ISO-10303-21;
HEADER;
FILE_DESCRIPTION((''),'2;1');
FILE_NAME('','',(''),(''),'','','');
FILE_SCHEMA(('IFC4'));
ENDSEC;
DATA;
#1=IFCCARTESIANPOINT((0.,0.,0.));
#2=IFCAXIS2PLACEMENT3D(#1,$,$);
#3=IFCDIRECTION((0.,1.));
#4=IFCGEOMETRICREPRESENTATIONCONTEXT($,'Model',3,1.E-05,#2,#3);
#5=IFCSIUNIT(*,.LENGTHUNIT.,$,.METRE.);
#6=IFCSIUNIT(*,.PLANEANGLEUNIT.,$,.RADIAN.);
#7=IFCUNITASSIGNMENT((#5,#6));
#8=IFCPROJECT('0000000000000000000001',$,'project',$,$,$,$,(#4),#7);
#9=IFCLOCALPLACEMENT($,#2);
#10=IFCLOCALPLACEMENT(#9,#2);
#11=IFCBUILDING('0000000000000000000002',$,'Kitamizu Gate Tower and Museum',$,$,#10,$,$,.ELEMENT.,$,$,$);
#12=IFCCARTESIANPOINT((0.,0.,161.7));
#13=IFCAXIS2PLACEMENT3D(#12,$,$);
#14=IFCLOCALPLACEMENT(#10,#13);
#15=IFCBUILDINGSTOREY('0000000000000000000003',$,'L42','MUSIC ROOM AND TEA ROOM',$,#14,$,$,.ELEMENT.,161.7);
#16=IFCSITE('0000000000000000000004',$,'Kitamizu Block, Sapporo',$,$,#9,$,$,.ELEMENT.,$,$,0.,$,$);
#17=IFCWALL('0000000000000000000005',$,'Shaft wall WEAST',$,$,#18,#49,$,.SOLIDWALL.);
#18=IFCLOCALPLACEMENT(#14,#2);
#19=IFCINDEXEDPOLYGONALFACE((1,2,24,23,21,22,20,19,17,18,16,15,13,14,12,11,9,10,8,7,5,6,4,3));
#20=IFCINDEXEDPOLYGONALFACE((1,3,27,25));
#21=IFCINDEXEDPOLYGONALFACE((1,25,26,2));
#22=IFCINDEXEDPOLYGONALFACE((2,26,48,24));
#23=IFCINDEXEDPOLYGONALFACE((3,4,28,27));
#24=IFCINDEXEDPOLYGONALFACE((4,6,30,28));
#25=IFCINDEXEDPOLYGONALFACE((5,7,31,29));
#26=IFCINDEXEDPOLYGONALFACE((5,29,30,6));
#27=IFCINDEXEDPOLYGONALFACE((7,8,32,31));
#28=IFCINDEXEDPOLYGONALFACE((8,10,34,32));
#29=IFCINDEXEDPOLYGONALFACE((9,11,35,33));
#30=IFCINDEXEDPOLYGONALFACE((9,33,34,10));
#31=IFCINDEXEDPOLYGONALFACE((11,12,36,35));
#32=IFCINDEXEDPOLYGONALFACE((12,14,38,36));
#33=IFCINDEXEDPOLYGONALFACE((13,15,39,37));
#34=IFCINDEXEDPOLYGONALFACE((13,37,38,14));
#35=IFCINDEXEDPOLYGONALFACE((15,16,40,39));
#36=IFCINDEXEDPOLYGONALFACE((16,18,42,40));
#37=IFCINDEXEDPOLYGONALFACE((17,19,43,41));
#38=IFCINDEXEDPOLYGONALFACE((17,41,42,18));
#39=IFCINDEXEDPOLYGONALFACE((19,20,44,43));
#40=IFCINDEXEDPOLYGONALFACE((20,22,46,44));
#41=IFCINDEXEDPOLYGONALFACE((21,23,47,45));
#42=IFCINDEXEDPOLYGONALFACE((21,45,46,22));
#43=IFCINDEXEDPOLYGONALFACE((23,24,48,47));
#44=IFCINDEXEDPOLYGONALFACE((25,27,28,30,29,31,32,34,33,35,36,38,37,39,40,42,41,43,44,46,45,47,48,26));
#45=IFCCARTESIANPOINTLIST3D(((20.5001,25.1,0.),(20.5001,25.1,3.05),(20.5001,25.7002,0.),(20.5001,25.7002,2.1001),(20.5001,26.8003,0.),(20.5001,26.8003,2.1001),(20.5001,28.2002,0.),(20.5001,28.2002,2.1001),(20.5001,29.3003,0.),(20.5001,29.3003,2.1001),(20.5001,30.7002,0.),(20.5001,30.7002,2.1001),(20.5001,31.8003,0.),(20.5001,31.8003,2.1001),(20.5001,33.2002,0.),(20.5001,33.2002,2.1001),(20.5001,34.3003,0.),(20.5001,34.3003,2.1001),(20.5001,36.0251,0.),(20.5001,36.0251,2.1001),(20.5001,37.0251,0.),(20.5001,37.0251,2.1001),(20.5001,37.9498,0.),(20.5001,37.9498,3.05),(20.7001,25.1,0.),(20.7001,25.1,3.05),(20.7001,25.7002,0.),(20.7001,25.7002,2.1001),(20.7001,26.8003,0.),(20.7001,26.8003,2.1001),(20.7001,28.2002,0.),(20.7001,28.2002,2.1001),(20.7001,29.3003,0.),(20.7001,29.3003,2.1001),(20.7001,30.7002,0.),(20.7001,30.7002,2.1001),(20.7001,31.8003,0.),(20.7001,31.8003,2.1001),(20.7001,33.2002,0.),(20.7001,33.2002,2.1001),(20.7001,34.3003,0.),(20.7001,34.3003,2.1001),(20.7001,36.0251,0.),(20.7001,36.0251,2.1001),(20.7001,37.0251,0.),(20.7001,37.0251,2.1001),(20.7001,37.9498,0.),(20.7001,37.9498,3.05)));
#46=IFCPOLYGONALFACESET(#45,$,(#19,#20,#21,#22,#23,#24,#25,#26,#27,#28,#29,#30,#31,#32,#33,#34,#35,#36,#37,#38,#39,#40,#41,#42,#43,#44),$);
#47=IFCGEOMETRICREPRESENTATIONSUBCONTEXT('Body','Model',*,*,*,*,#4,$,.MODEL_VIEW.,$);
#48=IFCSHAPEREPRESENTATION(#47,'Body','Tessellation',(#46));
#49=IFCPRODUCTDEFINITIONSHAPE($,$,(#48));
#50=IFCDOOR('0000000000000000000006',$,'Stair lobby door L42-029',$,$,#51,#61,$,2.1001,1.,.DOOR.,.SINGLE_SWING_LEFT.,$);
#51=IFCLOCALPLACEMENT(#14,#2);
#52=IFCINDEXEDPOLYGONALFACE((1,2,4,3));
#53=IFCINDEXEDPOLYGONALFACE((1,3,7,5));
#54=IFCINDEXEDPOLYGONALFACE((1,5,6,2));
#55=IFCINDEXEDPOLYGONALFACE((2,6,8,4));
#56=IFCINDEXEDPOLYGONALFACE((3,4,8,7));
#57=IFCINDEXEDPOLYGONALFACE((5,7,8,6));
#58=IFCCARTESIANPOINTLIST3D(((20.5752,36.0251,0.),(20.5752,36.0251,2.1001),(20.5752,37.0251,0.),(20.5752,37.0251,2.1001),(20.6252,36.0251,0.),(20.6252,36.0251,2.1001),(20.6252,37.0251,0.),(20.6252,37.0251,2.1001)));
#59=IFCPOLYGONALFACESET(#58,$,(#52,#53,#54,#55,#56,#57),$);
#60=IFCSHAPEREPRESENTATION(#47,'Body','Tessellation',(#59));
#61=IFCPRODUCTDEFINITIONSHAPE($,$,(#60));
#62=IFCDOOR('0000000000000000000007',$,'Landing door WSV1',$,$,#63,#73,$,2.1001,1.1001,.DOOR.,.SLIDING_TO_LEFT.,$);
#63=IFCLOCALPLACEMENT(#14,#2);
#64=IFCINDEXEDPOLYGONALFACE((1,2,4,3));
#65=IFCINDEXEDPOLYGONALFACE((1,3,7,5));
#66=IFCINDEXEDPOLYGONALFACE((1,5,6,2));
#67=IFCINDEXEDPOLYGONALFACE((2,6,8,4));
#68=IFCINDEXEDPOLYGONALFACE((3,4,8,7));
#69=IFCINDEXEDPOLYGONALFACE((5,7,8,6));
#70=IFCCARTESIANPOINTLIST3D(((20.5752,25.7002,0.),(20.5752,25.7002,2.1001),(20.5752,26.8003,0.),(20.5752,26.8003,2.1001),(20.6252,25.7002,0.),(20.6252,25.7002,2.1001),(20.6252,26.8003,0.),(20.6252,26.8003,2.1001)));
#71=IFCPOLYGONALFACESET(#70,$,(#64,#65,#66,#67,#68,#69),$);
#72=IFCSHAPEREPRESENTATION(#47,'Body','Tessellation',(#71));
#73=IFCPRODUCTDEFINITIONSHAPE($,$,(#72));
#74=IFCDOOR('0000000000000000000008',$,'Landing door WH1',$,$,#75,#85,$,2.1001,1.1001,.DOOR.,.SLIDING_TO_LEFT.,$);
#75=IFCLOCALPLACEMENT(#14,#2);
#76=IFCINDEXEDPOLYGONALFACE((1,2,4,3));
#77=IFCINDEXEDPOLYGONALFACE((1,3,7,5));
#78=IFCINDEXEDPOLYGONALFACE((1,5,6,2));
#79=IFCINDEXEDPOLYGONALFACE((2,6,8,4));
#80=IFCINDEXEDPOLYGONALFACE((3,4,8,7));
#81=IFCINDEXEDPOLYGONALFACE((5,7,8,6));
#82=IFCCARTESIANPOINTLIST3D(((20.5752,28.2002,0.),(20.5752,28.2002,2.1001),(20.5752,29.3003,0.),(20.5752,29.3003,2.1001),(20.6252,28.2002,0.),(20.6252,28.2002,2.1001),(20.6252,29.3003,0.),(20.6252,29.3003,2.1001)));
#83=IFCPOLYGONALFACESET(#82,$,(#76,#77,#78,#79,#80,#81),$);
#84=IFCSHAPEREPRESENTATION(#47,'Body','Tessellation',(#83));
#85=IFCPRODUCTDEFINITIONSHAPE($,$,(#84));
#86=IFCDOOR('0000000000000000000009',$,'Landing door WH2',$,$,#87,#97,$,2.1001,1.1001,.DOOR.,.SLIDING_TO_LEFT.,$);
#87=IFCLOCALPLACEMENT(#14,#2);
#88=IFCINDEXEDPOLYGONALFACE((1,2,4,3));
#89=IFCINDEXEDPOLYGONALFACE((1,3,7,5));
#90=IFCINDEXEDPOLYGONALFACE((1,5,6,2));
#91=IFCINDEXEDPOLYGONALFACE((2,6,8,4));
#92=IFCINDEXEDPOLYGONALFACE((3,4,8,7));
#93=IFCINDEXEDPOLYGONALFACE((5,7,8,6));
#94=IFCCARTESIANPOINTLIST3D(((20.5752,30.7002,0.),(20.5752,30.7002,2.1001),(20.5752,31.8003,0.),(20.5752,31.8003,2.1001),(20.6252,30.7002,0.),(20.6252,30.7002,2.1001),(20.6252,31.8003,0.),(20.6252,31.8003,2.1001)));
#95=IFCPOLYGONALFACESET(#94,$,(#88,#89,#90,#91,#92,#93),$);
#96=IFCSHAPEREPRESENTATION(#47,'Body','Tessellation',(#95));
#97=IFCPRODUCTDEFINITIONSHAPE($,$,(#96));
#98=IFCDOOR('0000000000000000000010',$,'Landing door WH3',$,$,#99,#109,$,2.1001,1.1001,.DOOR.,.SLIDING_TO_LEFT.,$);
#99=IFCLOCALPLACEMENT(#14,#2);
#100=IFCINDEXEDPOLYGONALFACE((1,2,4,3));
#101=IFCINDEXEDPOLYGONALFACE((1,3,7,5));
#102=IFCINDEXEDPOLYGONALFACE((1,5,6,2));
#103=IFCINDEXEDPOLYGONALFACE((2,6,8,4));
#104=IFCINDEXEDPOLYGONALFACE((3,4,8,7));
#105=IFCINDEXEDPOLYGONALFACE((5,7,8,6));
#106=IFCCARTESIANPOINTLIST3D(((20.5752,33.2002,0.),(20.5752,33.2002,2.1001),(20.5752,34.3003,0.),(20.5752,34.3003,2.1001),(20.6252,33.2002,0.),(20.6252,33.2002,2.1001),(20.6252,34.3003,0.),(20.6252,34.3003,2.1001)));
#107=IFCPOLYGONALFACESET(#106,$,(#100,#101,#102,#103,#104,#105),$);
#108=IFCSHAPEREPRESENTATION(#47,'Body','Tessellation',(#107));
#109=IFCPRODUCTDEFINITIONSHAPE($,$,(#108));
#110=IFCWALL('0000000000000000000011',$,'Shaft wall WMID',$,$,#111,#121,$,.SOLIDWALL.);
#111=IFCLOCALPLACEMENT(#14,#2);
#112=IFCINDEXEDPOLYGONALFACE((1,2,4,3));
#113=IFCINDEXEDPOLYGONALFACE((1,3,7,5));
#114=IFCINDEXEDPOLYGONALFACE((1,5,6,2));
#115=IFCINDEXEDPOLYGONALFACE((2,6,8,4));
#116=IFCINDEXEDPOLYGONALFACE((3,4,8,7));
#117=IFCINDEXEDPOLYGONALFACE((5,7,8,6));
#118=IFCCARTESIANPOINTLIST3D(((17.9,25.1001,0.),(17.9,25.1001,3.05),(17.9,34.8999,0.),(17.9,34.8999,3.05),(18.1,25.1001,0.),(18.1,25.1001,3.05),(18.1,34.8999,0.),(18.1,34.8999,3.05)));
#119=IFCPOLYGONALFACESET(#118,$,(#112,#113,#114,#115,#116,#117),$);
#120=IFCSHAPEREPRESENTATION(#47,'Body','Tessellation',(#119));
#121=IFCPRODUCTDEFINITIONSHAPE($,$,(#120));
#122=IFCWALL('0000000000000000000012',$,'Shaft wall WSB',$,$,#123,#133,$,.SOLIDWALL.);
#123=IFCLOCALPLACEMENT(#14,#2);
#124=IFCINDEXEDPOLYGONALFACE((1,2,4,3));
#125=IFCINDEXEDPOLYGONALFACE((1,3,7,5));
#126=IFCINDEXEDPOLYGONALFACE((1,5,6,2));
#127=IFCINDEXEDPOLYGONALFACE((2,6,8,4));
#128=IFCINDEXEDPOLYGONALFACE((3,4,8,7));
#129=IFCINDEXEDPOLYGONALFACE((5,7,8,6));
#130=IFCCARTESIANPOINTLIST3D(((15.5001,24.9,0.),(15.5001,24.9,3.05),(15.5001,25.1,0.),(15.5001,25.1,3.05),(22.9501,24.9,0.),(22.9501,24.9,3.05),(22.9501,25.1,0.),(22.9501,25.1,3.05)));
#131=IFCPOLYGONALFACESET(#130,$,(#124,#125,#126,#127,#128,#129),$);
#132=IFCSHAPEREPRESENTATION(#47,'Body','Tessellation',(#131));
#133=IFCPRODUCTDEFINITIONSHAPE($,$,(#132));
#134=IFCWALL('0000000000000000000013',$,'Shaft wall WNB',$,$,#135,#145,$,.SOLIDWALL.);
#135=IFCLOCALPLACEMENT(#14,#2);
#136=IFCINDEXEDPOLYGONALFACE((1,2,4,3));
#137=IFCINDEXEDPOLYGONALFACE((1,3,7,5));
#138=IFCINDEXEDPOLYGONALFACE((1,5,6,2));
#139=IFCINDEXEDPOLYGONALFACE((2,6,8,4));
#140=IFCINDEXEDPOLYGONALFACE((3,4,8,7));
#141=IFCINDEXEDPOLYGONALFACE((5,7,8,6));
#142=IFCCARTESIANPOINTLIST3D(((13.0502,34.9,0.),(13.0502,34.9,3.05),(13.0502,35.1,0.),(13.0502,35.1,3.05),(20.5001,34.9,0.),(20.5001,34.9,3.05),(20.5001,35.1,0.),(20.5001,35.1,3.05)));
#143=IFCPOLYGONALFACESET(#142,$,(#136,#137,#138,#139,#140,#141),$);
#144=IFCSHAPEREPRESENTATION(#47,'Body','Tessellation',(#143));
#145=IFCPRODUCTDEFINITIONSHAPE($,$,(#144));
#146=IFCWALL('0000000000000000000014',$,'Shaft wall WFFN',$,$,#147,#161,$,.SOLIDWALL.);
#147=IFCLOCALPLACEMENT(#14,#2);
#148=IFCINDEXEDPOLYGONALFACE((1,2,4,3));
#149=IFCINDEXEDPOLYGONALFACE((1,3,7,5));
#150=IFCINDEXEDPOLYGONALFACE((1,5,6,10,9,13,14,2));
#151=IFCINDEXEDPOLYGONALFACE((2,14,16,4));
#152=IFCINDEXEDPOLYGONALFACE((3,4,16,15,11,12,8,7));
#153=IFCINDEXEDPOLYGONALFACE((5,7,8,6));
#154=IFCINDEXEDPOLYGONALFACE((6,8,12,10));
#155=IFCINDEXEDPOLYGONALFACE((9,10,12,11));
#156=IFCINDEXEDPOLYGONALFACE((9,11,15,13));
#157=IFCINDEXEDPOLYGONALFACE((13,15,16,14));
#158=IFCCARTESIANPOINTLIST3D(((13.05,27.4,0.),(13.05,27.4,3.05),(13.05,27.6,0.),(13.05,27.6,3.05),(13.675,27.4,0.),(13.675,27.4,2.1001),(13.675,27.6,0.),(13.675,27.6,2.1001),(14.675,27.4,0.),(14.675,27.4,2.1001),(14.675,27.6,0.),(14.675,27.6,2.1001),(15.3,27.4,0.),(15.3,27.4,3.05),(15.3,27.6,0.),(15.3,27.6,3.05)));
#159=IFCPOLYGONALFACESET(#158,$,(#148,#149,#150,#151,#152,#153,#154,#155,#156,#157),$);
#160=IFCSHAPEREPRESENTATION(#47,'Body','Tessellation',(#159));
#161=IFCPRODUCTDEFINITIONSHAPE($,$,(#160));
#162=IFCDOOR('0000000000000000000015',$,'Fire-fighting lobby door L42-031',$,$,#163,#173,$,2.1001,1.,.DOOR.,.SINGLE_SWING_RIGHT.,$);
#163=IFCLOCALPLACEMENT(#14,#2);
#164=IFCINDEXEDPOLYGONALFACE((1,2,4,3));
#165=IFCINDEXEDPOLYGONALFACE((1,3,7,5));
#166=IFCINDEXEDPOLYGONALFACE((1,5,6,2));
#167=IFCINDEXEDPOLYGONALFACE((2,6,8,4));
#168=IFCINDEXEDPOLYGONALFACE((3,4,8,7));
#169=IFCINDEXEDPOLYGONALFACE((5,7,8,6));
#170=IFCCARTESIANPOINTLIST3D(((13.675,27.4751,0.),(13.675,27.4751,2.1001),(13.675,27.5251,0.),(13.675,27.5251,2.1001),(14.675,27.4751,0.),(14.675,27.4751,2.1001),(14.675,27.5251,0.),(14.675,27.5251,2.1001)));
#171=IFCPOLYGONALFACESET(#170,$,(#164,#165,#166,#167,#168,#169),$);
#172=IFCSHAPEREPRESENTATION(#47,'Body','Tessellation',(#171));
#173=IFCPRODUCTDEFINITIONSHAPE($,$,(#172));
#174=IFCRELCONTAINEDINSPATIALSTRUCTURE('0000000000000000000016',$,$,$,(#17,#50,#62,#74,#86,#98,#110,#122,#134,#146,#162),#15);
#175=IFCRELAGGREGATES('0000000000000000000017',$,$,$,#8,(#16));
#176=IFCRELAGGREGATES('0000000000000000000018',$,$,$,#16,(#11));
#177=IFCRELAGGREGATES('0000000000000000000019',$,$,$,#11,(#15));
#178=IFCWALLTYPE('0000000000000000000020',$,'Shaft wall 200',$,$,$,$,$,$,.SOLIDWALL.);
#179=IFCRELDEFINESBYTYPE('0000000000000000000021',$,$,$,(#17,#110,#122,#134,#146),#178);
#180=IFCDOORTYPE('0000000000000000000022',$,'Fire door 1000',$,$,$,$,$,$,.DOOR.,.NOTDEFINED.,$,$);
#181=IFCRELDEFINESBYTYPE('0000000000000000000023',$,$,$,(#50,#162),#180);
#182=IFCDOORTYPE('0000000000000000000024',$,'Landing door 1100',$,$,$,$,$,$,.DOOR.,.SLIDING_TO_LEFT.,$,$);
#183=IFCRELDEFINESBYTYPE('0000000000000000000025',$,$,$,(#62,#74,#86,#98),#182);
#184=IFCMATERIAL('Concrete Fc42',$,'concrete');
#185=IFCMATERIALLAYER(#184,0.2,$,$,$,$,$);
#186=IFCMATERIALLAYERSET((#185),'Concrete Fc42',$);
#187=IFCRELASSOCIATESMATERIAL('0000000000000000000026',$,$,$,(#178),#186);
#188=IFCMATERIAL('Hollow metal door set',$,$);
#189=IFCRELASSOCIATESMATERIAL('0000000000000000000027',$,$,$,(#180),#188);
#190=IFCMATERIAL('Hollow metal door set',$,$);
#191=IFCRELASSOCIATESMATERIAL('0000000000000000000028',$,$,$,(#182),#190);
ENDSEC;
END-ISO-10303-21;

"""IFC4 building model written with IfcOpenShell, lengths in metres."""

from ifc_helpers import new_model, si_unit, direction, frame, frame_2d, origin, place, context, subcontext, project, spatial, rectangle, extrude, material, layer, layer_set, type_object, element, fill, save


model = new_model("IFC4")

# Units and contexts
model_context = context("Model", 3, precision=1e-05, world=origin(), true_north=direction((0.0, 1.0)))
body_context = subcontext(model_context, "Body", "Model", "MODEL_VIEW")
ifc_project = project(units=[si_unit("LENGTHUNIT", "METRE"), si_unit("PLANEANGLEUNIT", "RADIAN")], contexts=[model_context])

# Site, building, storey
site_placement = place(None, origin())
site = spatial("IfcSite", under=ifc_project, at=site_placement, Name="Kitamizu Block, Sapporo", CompositionType="ELEMENT", RefElevation=0.0)
building_placement = place(site_placement, origin())
building = spatial("IfcBuilding", under=site, at=building_placement, Name="Kitamizu Gate Tower and Museum", CompositionType="ELEMENT")
storey_placement = place(building_placement, frame((0.0, 0.0, 161.7)))
storey = spatial("IfcBuildingStorey", under=building, at=storey_placement, Name="L42", Description="MUSIC ROOM AND TEA ROOM", CompositionType="ELEMENT", Elevation=161.7)

# Wall, openings, doors
ifc_material_1 = material(Name="Concrete Fc42", Category="concrete")
ifc_layer = layer(ifc_material_1, 0.2)
ifc_layer_set = layer_set([ifc_layer], Name="Concrete Fc42")
wall_type = type_object("IfcWallType", Name="Shaft wall 200", PredefinedType="SOLIDWALL", material=ifc_layer_set)
wall_1_placement = place(storey_placement, frame((20.6001, 25.1001, 0.0), z_axis=(0.0, 0.0, 1.0), x_axis=(0.0, 1.0, 0.0)))
wall_1 = element("IfcWall", 1, at=wall_1_placement, inside=storey, type_object=wall_type, Name="Shaft wall WEAST", PredefinedType="SOLIDWALL", context=body_context, shape_type="SweptSolid", body=[
    extrude(rectangle(XDim=12.8499, YDim=0.2, at=frame_2d((6.4248, 0.0))), origin(), (0.0, 0.0, 1.0), 3.05),
])
opening_1_placement = place(wall_1_placement, frame((0.6001, 0.0, 0.0)))
opening_1 = element("IfcOpeningElement", 2, at=opening_1_placement, cuts=wall_1, PredefinedType="OPENING", context=body_context, shape_type="SweptSolid", body=[
    extrude(rectangle(XDim=1.1001, YDim=2.1001, at=frame_2d((0.55, 1.05))), frame((0.0, 0.1099, 0.0), z_axis=(0.0, -1.0, 0.0), x_axis=(1.0, 0.0, 0.0)), (0.0, 0.0, 1.0), 0.22),
])
opening_2_placement = place(wall_1_placement, frame((3.1001, 0.0, 0.0)))
opening_2 = element("IfcOpeningElement", 3, at=opening_2_placement, cuts=wall_1, PredefinedType="OPENING", context=body_context, shape_type="SweptSolid", body=[
    extrude(rectangle(XDim=1.1001, YDim=2.1001, at=frame_2d((0.55, 1.05))), frame((0.0, 0.1099, 0.0), z_axis=(0.0, -1.0, 0.0), x_axis=(1.0, 0.0, 0.0)), (0.0, 0.0, 1.0), 0.22),
])
opening_3_placement = place(wall_1_placement, frame((5.6001, 0.0, 0.0)))
opening_3 = element("IfcOpeningElement", 4, at=opening_3_placement, cuts=wall_1, PredefinedType="OPENING", context=body_context, shape_type="SweptSolid", body=[
    extrude(rectangle(XDim=1.1001, YDim=2.1001, at=frame_2d((0.55, 1.05))), frame((0.0, 0.1099, 0.0), z_axis=(0.0, -1.0, 0.0), x_axis=(1.0, 0.0, 0.0)), (0.0, 0.0, 1.0), 0.22),
])
opening_4_placement = place(wall_1_placement, frame((8.1001, 0.0, 0.0)))
opening_4 = element("IfcOpeningElement", 5, at=opening_4_placement, cuts=wall_1, PredefinedType="OPENING", context=body_context, shape_type="SweptSolid", body=[
    extrude(rectangle(XDim=1.1001, YDim=2.1001, at=frame_2d((0.55, 1.05))), frame((0.0, 0.1099, 0.0), z_axis=(0.0, -1.0, 0.0), x_axis=(1.0, 0.0, 0.0)), (0.0, 0.0, 1.0), 0.22),
])
opening_5_placement = place(wall_1_placement, frame((10.925, 0.0, 0.0)))
opening_5 = element("IfcOpeningElement", 6, at=opening_5_placement, cuts=wall_1, PredefinedType="OPENING", context=body_context, shape_type="SweptSolid", body=[
    extrude(rectangle(XDim=1.0, YDim=2.1001, at=frame_2d((0.5, 1.05))), frame((0.0, 0.1099, 0.0), z_axis=(0.0, -1.0, 0.0), x_axis=(1.0, 0.0, 0.0)), (0.0, 0.0, 1.0), 0.22),
])
ifc_material_2 = material(Name="Hollow metal door set")
door_type_1 = type_object("IfcDoorType", Name="Fire door 1000", OperationType="NOTDEFINED", PredefinedType="DOOR", material=ifc_material_2)
door_1_placement = place(opening_5_placement, origin())
door_1 = element("IfcDoor", 7, at=door_1_placement, inside=storey, type_object=door_type_1, Name="Stair lobby door L42-029", OperationType="SINGLE_SWING_LEFT", OverallHeight=2.1001, OverallWidth=1.0, PredefinedType="DOOR", context=body_context, shape_type="SweptSolid", body=[
    extrude(rectangle(XDim=1.0, YDim=2.1001, at=frame_2d((0.5, 1.05))), frame((0.0, 0.0249, 0.0), z_axis=(0.0, -1.0, 0.0), x_axis=(1.0, 0.0, 0.0)), (0.0, 0.0, 1.0), 0.05),
])
fill(opening_5, door_1)
ifc_material_3 = material(Name="Hollow metal door set")
door_type_2 = type_object("IfcDoorType", Name="Landing door 1100", OperationType="SLIDING_TO_LEFT", PredefinedType="DOOR", material=ifc_material_3)
door_2_placement = place(opening_1_placement, origin())
door_2 = element("IfcDoor", 8, at=door_2_placement, inside=storey, type_object=door_type_2, Name="Landing door WSV1", OperationType="SLIDING_TO_LEFT", OverallHeight=2.1001, OverallWidth=1.1001, PredefinedType="DOOR", context=body_context, shape_type="SweptSolid", body=[
    extrude(rectangle(XDim=1.1001, YDim=2.1001, at=frame_2d((0.55, 1.05))), frame((0.0, 0.0249, 0.0), z_axis=(0.0, -1.0, 0.0), x_axis=(1.0, 0.0, 0.0)), (0.0, 0.0, 1.0), 0.05),
])
fill(opening_1, door_2)
door_3_placement = place(opening_2_placement, origin())
door_3 = element("IfcDoor", 9, at=door_3_placement, inside=storey, type_object=door_type_2, Name="Landing door WH1", OperationType="SLIDING_TO_LEFT", OverallHeight=2.1001, OverallWidth=1.1001, PredefinedType="DOOR", context=body_context, shape_type="SweptSolid", body=[
    extrude(rectangle(XDim=1.1001, YDim=2.1001, at=frame_2d((0.55, 1.05))), frame((0.0, 0.0249, 0.0), z_axis=(0.0, -1.0, 0.0), x_axis=(1.0, 0.0, 0.0)), (0.0, 0.0, 1.0), 0.05),
])
fill(opening_2, door_3)
door_4_placement = place(opening_3_placement, origin())
door_4 = element("IfcDoor", 10, at=door_4_placement, inside=storey, type_object=door_type_2, Name="Landing door WH2", OperationType="SLIDING_TO_LEFT", OverallHeight=2.1001, OverallWidth=1.1001, PredefinedType="DOOR", context=body_context, shape_type="SweptSolid", body=[
    extrude(rectangle(XDim=1.1001, YDim=2.1001, at=frame_2d((0.55, 1.05))), frame((0.0, 0.0249, 0.0), z_axis=(0.0, -1.0, 0.0), x_axis=(1.0, 0.0, 0.0)), (0.0, 0.0, 1.0), 0.05),
])
fill(opening_3, door_4)
door_5_placement = place(opening_4_placement, origin())
door_5 = element("IfcDoor", 11, at=door_5_placement, inside=storey, type_object=door_type_2, Name="Landing door WH3", OperationType="SLIDING_TO_LEFT", OverallHeight=2.1001, OverallWidth=1.1001, PredefinedType="DOOR", context=body_context, shape_type="SweptSolid", body=[
    extrude(rectangle(XDim=1.1001, YDim=2.1001, at=frame_2d((0.55, 1.05))), frame((0.0, 0.0249, 0.0), z_axis=(0.0, -1.0, 0.0), x_axis=(1.0, 0.0, 0.0)), (0.0, 0.0, 1.0), 0.05),
])
fill(opening_4, door_5)

# Walls
wall_2_placement = place(storey_placement, frame((18.0, 25.1001, 0.0), z_axis=(0.0, 0.0, 1.0), x_axis=(0.0, 1.0, 0.0)))
element("IfcWall", 12, at=wall_2_placement, inside=storey, type_object=wall_type, Name="Shaft wall WMID", PredefinedType="SOLIDWALL", context=body_context, shape_type="SweptSolid", body=[
    extrude(rectangle(XDim=9.7998, YDim=0.2, at=frame_2d((4.8999, 0.0))), origin(), (0.0, 0.0, 1.0), 3.05),
])
for number, where, z_axis, x_axis, name in (
    (13, (15.5, 25.0, 0.0), (0.0, 0.0, 1.0), (1.0, 0.0, 0.0), "Shaft wall WSB"),
    (14, (13.05, 35.0, 0.0), (0.0, 0.0, 1.0), (1.0, 0.0, 0.0), "Shaft wall WNB"),
):
    element("IfcWall", number, at=place(storey_placement, frame(where, z_axis=z_axis, x_axis=x_axis)), inside=storey, type_object=wall_type, Name=name, PredefinedType="SOLIDWALL", context=body_context, shape_type="SweptSolid", body=[
        extrude(rectangle(XDim=7.45, YDim=0.2, at=frame_2d((3.7251, 0.0))), origin(), (0.0, 0.0, 1.0), 3.05),
    ])

# Wall, opening, door
wall_3_placement = place(storey_placement, frame((13.05, 27.5, 0.0), z_axis=(0.0, 0.0, 1.0), x_axis=(1.0, 0.0, 0.0)))
wall_3 = element("IfcWall", 15, at=wall_3_placement, inside=storey, type_object=wall_type, Name="Shaft wall WFFN", PredefinedType="SOLIDWALL", context=body_context, shape_type="SweptSolid", body=[
    extrude(rectangle(XDim=2.25, YDim=0.2, at=frame_2d((1.125, 0.0))), origin(), (0.0, 0.0, 1.0), 3.05),
])
opening_6_placement = place(wall_3_placement, frame((0.625, 0.0, 0.0)))
opening_6 = element("IfcOpeningElement", 16, at=opening_6_placement, cuts=wall_3, PredefinedType="OPENING", context=body_context, shape_type="SweptSolid", body=[
    extrude(rectangle(XDim=1.0, YDim=2.1001, at=frame_2d((0.5, 1.05))), frame((0.0, 0.1099, 0.0), z_axis=(0.0, -1.0, 0.0), x_axis=(1.0, 0.0, 0.0)), (0.0, 0.0, 1.0), 0.22),
])
door_6_placement = place(opening_6_placement, frame((1.0, 0.0, 0.0), x_axis=(-1.0, 0.0, 0.0)))
door_6 = element("IfcDoor", 17, at=door_6_placement, inside=storey, type_object=door_type_1, Name="Fire-fighting lobby door L42-031", OperationType="SINGLE_SWING_RIGHT", OverallHeight=2.1001, OverallWidth=1.0, PredefinedType="DOOR", context=body_context, shape_type="SweptSolid", body=[
    extrude(rectangle(XDim=1.0, YDim=2.1001, at=frame_2d((0.5, 1.05))), frame((0.0, 0.0249, 0.0), z_axis=(0.0, -1.0, 0.0), x_axis=(1.0, 0.0, 0.0)), (0.0, 0.0, 1.0), 0.05),
])
fill(opening_6, door_6)

save(model, "model.ifc")
